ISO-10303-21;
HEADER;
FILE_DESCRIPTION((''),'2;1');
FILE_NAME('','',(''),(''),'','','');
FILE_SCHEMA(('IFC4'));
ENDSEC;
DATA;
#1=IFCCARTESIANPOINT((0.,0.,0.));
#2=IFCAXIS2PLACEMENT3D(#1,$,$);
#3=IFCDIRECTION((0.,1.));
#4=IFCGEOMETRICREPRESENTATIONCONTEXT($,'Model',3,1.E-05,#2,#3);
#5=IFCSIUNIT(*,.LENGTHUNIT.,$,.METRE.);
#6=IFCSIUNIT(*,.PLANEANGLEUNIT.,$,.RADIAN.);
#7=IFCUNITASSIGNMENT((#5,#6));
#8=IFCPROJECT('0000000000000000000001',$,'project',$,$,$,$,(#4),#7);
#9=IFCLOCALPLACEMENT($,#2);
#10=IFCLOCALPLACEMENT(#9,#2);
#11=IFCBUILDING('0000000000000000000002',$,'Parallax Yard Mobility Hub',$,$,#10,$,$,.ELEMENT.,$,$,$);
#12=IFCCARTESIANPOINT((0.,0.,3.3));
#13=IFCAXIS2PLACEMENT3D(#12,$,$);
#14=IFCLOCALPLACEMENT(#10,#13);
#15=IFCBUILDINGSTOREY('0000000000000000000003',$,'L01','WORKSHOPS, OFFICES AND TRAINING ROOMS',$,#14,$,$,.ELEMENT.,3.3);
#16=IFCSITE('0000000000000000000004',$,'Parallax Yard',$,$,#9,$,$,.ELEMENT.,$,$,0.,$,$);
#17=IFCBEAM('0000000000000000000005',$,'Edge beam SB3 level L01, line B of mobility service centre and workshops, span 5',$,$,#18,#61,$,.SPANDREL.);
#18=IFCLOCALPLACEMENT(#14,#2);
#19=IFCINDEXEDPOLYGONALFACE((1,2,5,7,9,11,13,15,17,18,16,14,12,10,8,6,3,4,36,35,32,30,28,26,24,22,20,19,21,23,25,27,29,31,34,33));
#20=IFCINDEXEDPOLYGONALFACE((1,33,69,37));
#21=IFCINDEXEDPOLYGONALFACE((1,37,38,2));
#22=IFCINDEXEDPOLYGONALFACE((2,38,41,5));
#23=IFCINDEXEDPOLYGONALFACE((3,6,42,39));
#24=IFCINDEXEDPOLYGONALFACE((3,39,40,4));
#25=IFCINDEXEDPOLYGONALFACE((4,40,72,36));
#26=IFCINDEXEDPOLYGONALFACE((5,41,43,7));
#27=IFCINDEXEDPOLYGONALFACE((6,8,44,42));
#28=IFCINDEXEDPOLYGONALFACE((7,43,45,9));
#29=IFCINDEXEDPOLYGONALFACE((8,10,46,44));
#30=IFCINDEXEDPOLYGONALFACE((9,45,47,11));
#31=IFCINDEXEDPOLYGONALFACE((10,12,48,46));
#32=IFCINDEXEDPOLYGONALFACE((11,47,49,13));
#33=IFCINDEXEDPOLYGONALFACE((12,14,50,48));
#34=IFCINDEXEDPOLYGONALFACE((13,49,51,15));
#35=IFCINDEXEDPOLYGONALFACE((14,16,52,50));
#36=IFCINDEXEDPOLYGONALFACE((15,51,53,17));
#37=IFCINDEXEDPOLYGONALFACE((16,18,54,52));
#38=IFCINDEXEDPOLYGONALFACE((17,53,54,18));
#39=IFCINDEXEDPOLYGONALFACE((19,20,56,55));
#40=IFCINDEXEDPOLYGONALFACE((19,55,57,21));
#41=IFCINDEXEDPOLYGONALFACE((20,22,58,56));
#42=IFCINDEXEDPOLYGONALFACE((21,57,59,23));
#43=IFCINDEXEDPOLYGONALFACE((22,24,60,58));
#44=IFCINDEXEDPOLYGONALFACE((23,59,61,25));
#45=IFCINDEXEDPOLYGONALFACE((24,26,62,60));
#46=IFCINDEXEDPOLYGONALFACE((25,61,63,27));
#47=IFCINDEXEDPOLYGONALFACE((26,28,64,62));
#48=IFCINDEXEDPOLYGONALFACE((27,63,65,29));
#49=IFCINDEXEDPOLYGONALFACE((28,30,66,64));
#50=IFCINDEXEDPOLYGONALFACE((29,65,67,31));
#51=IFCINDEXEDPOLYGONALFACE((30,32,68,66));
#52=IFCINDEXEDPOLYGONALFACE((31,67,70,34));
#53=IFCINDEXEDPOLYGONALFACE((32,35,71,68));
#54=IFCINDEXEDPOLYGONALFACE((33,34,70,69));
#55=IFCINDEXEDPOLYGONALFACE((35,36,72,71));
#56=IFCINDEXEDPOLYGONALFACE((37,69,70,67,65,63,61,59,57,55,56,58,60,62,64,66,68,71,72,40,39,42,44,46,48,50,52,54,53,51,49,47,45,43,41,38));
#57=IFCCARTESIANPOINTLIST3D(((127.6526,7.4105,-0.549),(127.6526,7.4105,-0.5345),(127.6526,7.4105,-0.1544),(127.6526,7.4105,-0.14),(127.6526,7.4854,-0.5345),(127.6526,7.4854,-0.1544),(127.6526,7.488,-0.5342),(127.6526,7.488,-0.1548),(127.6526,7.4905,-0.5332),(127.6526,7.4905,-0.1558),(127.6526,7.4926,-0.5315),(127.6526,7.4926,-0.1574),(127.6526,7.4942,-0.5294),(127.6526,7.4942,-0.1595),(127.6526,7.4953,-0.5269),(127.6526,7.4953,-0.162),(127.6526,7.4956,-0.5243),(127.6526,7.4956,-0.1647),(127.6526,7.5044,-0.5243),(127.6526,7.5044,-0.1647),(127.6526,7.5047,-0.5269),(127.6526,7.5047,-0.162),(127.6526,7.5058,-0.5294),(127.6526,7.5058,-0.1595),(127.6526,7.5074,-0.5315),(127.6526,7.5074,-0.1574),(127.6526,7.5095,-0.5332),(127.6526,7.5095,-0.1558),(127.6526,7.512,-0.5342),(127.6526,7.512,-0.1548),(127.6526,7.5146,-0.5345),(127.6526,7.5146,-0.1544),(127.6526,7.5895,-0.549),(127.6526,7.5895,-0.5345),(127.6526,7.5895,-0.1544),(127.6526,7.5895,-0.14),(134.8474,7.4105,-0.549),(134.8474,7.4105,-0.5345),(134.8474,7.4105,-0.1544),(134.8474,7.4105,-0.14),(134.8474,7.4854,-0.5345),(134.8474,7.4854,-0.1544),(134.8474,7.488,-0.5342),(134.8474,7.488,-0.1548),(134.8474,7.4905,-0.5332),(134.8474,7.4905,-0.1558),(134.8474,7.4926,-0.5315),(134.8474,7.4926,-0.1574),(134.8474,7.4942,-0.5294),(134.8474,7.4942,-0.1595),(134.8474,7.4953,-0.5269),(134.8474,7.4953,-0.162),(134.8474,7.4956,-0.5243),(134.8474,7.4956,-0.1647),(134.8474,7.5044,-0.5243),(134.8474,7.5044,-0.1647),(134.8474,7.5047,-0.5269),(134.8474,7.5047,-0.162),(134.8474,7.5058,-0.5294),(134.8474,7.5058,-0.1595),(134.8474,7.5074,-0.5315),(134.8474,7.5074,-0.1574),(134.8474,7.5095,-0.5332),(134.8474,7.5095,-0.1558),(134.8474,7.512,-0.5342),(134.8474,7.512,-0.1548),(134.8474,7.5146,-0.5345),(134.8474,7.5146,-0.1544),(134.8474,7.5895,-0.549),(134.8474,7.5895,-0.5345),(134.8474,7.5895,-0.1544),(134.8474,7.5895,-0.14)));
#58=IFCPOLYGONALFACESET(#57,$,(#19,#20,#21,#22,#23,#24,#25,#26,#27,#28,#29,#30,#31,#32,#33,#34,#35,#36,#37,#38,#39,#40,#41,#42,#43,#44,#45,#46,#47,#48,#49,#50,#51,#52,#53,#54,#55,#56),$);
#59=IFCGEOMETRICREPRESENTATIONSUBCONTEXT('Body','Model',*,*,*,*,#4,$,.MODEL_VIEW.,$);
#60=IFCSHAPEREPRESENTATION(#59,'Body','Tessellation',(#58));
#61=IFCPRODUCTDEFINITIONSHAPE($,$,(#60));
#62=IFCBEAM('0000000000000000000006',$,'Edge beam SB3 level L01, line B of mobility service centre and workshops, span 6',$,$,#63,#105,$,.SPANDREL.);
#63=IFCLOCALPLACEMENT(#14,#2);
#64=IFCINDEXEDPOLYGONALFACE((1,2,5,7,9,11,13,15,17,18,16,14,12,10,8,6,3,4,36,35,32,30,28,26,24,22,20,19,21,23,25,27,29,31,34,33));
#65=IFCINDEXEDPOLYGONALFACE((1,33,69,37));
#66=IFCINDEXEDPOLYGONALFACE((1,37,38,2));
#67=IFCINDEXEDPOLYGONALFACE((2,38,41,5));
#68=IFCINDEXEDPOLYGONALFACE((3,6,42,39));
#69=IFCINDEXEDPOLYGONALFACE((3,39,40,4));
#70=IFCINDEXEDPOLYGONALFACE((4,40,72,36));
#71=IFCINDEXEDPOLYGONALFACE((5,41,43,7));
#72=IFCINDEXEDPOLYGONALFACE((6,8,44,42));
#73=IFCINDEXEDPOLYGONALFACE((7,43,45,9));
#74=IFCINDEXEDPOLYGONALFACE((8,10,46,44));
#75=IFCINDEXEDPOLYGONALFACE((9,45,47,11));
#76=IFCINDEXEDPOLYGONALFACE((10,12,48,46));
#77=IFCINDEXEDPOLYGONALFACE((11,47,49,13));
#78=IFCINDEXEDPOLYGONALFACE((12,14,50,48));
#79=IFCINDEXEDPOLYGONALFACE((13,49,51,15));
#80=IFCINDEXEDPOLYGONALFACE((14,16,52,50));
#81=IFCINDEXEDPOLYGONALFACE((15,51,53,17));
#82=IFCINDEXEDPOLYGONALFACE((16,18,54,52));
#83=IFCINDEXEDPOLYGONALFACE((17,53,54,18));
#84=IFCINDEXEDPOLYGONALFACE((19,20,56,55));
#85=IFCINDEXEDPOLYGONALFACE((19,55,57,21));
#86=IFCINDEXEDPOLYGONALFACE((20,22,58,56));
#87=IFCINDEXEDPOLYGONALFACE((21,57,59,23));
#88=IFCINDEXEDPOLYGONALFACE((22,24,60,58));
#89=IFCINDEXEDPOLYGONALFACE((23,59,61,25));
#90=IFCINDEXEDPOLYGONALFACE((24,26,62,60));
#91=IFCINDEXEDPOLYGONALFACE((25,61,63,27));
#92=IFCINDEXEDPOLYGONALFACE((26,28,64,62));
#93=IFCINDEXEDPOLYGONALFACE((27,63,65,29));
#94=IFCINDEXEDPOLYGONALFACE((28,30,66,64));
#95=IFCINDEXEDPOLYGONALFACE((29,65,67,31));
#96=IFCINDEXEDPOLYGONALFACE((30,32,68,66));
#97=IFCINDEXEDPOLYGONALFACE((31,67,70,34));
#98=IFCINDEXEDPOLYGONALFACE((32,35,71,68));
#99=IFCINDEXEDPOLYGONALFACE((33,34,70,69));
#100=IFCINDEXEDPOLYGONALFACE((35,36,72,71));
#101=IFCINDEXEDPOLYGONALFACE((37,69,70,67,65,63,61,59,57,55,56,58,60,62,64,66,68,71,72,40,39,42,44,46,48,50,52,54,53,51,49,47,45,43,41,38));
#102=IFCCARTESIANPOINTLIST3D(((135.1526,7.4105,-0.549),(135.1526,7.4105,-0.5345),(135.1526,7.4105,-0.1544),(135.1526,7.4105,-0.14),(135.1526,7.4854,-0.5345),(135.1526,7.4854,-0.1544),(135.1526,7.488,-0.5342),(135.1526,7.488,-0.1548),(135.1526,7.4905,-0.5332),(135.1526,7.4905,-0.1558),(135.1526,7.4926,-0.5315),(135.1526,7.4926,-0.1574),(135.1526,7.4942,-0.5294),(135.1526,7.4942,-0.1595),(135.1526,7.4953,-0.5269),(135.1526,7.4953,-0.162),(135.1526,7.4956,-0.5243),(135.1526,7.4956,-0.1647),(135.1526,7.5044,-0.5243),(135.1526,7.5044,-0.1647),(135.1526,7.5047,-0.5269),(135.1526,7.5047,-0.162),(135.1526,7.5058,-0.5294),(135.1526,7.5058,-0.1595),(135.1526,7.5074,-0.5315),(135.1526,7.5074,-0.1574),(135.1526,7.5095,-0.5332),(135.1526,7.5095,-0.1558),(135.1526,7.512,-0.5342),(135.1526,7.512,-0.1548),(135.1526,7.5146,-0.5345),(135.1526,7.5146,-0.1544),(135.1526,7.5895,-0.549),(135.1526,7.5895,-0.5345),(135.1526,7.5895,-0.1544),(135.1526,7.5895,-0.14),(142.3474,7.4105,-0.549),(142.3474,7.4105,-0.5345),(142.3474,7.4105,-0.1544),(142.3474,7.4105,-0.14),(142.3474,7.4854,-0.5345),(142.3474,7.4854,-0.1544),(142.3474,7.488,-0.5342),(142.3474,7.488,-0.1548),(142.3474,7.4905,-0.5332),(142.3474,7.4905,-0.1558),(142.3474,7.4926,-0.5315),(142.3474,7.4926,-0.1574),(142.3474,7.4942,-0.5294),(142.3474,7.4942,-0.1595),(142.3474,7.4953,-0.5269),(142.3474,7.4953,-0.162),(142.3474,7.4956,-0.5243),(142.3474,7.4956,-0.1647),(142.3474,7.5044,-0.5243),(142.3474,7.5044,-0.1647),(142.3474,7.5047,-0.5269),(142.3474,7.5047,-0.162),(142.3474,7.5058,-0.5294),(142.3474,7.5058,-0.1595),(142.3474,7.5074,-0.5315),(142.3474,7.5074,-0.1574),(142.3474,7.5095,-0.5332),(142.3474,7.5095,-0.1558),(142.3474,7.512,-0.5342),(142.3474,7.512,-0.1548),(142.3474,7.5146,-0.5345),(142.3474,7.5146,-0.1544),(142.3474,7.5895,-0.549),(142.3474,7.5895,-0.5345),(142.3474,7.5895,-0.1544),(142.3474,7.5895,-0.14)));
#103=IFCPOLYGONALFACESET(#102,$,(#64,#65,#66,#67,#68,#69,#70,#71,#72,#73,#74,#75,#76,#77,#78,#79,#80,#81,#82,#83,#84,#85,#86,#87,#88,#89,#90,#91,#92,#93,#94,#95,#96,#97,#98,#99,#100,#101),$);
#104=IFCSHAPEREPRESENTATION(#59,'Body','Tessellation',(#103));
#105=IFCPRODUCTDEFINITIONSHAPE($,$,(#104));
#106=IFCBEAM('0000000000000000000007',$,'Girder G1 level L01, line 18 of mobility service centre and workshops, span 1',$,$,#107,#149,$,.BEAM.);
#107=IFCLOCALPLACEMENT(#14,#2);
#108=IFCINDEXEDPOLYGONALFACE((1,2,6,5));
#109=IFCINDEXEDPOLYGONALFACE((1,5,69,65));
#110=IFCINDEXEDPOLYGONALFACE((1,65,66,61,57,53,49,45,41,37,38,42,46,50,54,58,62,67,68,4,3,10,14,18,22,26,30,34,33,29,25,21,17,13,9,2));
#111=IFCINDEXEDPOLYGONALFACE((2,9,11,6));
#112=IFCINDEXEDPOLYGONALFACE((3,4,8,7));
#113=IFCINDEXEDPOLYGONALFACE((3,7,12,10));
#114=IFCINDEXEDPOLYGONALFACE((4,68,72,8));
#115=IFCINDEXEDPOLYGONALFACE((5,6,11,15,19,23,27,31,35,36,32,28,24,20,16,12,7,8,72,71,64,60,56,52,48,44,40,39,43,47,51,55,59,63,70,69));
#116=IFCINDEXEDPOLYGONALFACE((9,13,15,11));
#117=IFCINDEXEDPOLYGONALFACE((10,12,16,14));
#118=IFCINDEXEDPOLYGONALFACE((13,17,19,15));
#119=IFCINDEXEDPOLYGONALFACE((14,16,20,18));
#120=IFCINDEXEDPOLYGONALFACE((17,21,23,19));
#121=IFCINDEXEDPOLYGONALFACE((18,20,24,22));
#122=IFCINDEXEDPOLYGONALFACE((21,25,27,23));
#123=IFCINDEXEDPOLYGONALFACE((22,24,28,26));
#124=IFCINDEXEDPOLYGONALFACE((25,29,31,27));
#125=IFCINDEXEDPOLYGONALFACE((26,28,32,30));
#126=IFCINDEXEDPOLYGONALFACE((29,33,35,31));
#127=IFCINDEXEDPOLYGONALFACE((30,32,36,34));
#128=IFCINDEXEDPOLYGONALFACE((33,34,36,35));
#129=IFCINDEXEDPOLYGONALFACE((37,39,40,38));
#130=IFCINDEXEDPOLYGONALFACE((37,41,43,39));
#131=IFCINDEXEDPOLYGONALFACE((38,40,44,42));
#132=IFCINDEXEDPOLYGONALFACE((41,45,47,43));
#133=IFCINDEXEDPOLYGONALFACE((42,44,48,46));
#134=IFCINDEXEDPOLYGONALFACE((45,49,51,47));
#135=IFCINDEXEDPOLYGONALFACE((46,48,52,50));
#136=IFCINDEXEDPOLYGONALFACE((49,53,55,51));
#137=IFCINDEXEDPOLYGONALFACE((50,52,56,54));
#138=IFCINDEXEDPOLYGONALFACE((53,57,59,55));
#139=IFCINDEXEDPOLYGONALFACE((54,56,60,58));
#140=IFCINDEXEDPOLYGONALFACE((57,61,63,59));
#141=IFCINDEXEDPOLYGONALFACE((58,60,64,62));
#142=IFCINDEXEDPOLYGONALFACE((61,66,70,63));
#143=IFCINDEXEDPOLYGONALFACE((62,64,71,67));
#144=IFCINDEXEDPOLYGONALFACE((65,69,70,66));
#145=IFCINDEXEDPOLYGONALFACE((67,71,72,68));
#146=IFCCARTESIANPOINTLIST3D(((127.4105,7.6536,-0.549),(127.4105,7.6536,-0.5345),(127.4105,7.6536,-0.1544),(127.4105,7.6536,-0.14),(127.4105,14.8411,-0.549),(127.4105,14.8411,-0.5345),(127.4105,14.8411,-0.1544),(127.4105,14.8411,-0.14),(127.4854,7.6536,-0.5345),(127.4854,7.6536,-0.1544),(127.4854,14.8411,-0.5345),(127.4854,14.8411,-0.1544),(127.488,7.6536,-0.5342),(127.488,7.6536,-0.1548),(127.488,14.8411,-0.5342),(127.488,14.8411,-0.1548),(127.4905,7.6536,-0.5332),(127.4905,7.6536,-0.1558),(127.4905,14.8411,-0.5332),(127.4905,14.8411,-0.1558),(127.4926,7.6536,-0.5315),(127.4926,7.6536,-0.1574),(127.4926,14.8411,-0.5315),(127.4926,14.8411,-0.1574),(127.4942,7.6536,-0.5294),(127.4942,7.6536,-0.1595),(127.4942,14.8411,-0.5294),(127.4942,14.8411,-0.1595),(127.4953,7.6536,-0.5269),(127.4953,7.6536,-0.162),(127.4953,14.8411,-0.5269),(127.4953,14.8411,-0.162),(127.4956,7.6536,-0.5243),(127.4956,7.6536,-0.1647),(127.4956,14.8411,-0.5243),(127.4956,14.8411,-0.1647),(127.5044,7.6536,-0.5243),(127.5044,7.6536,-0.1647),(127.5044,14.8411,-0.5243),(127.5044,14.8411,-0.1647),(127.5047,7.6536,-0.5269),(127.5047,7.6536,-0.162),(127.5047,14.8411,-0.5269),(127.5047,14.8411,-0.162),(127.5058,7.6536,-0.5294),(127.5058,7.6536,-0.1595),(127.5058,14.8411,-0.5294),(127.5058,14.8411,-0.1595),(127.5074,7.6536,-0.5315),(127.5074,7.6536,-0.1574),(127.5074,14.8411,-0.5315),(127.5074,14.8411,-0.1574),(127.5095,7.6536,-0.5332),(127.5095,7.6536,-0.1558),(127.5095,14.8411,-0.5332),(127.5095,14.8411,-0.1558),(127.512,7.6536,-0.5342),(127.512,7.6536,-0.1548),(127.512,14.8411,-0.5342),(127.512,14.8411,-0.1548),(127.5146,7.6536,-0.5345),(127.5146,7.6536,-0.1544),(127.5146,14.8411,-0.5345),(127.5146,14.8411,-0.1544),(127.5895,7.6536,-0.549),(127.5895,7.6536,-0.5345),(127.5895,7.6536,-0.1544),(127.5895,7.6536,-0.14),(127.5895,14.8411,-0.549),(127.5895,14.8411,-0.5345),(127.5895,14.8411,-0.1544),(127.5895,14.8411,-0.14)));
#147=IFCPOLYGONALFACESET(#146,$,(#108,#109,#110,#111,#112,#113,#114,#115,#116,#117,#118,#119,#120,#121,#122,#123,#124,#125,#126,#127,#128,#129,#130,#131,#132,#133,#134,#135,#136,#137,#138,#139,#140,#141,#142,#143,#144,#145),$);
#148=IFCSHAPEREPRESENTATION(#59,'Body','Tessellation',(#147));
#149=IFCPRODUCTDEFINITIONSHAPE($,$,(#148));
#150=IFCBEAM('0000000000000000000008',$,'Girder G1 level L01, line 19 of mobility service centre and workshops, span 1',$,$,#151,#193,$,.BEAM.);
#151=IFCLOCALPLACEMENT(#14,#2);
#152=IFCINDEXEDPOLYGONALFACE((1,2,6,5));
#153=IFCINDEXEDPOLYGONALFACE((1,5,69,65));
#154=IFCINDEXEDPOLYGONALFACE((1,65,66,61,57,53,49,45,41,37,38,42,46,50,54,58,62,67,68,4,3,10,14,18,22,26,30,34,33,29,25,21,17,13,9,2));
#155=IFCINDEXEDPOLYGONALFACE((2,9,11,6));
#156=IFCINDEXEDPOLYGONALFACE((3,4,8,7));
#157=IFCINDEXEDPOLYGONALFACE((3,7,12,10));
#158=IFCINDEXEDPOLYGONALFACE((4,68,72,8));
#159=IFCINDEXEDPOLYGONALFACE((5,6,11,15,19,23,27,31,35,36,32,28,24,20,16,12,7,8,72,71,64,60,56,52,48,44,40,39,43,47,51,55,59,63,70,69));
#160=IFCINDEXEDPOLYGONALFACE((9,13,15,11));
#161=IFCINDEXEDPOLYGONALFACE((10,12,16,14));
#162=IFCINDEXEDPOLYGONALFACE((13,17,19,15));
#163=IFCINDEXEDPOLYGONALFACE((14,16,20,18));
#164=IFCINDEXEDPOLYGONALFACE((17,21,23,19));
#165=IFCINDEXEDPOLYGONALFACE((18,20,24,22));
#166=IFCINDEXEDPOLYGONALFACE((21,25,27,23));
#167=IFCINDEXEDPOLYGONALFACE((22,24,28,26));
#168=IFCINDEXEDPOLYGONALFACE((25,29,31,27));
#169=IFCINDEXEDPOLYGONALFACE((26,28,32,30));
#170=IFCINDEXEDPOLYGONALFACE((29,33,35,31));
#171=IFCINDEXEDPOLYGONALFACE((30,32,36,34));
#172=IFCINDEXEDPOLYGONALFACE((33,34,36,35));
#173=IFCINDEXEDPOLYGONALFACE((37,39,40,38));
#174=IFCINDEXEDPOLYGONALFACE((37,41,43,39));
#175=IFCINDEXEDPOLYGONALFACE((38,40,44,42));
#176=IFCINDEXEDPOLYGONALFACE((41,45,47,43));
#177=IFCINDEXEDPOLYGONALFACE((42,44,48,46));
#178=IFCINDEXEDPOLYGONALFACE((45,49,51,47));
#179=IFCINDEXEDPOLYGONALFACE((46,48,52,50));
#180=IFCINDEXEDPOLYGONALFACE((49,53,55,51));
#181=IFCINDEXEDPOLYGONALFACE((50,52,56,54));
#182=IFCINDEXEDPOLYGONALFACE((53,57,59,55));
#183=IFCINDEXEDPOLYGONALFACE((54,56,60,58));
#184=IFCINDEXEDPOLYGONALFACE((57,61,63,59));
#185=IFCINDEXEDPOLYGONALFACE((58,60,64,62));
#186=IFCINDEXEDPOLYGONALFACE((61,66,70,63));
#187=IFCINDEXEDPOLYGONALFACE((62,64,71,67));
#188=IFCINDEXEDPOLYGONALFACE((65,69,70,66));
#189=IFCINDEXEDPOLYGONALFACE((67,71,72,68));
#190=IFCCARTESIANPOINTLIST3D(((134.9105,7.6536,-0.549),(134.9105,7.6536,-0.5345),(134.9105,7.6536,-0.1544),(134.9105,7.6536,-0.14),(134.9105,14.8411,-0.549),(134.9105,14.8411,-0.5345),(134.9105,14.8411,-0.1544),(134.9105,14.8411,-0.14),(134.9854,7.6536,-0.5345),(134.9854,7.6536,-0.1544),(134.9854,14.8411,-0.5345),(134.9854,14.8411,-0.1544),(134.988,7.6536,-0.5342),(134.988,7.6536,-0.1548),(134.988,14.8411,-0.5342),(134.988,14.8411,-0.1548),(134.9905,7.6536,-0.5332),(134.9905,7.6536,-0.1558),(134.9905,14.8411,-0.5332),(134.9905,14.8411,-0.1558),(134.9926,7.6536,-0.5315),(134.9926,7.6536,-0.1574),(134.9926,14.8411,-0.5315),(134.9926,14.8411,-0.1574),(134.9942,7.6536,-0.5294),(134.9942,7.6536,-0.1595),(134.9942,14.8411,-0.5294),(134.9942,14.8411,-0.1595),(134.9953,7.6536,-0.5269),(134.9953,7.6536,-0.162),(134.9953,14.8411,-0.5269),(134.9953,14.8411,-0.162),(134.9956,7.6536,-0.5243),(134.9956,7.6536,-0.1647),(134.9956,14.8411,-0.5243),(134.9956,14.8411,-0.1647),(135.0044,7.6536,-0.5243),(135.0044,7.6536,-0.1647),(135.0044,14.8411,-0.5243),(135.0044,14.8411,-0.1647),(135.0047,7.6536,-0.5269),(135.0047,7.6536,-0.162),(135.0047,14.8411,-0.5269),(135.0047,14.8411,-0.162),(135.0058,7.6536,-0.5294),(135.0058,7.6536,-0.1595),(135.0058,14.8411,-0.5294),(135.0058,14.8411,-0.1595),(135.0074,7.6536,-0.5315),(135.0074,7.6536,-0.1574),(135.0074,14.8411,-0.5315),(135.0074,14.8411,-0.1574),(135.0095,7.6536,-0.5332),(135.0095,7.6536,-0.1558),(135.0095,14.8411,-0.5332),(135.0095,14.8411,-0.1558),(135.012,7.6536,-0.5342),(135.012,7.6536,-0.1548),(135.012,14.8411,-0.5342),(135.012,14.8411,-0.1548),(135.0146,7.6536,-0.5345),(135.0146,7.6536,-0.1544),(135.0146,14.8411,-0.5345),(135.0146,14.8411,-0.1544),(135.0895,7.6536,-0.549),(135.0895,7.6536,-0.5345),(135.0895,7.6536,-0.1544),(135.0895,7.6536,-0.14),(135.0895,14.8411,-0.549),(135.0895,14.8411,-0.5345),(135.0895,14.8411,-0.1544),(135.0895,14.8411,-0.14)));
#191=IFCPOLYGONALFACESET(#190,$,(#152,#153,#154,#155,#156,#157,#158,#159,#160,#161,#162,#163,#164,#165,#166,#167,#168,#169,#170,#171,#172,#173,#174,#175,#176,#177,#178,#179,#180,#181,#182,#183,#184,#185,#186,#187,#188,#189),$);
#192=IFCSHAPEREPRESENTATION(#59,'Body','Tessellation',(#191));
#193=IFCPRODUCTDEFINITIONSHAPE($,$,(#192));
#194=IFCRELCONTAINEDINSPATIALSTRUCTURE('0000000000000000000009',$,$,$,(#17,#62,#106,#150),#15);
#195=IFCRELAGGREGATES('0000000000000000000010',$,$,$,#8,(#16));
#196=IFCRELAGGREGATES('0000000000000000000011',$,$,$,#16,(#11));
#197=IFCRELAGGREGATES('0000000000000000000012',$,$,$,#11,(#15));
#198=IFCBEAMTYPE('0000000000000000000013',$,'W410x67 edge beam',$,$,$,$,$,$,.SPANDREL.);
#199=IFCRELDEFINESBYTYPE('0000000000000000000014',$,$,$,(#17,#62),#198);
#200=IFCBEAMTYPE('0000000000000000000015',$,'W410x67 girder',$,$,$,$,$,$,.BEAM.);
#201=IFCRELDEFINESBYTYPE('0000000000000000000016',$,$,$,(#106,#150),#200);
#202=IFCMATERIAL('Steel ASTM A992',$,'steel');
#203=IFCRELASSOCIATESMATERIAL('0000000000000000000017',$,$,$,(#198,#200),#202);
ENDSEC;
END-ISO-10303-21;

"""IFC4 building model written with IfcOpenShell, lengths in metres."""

from ifc_helpers import new_model, si_unit, direction, frame, origin, origin_2d, place, context, subcontext, project, spatial, i_section, extrude, material, material_profile, profile_set, type_object, element, save


model = new_model("IFC4")

# Units and contexts
model_context = context("Model", 3, precision=1e-05, world=origin(), true_north=direction((0.0, 1.0)))
body_context = subcontext(model_context, "Body", "Model", "MODEL_VIEW")
ifc_project = project(units=[si_unit("LENGTHUNIT", "METRE"), si_unit("PLANEANGLEUNIT", "RADIAN")], contexts=[model_context])

# Site, building, storey
site_placement = place(None, origin())
site = spatial("IfcSite", under=ifc_project, at=site_placement, Name="Parallax Yard", CompositionType="ELEMENT", RefElevation=0.0)
building_placement = place(site_placement, origin())
building = spatial("IfcBuilding", under=site, at=building_placement, Name="Parallax Yard Mobility Hub", CompositionType="ELEMENT")
storey_placement = place(building_placement, frame((0.0, 0.0, 3.3)))
storey = spatial("IfcBuildingStorey", under=building, at=storey_placement, Name="L01", Description="WORKSHOPS, OFFICES AND TRAINING ROOMS", CompositionType="ELEMENT", Elevation=3.3)

# Shared definitions
ifc_material_1 = material(Name="Steel ASTM A992", Category="steel")

# Beams
ifc_material_profile_1 = material_profile(ifc_material_1, i_section(OverallWidth=0.179, OverallDepth=0.4089, WebThickness=0.0088, FlangeThickness=0.0144, FilletRadius=0.0103, at=origin_2d()), Name="W410x67")
ifc_profile_set_1 = profile_set([ifc_material_profile_1], Name="Steel ASTM A992")
beam_type_1 = type_object("IfcBeamType", Name="W410x67 edge beam", PredefinedType="SPANDREL", material=ifc_profile_set_1)
for number, where, z_axis, x_axis, name in (
    (1, (127.6526, 7.5, -0.3445), (1.0, 0.0, 0.0), (0.0, 1.0, 0.0), "Edge beam SB3 level L01, line B of mobility service centre and workshops, span 5"),
    (2, (135.1526, 7.5, -0.3445), (1.0, 0.0, 0.0), (0.0, 1.0, 0.0), "Edge beam SB3 level L01, line B of mobility service centre and workshops, span 6"),
):
    element("IfcBeam", number, at=place(storey_placement, frame(where, z_axis=z_axis, x_axis=x_axis)), inside=storey, type_object=beam_type_1, Name=name, PredefinedType="SPANDREL", context=body_context, shape_type="SweptSolid", body=[
        extrude(i_section(OverallWidth=0.179, OverallDepth=0.4089, WebThickness=0.0088, FlangeThickness=0.0144, FilletRadius=0.0103, at=origin_2d()), origin(), (0.0, 0.0, 1.0), 7.1948),
    ])
ifc_material_profile_2 = material_profile(ifc_material_1, i_section(OverallWidth=0.179, OverallDepth=0.4089, WebThickness=0.0088, FlangeThickness=0.0144, FilletRadius=0.0103, at=origin_2d()), Name="W410x67")
ifc_profile_set_2 = profile_set([ifc_material_profile_2], Name="Steel ASTM A992")
beam_type_2 = type_object("IfcBeamType", Name="W410x67 girder", PredefinedType="BEAM", material=ifc_profile_set_2)
for number, where, z_axis, x_axis, name in (
    (3, (127.5, 7.6536, -0.3445), (0.0, 1.0, 0.0), (-1.0, 0.0, 0.0), "Girder G1 level L01, line 18 of mobility service centre and workshops, span 1"),
    (4, (135.0, 7.6536, -0.3445), (0.0, 1.0, 0.0), (-1.0, 0.0, 0.0), "Girder G1 level L01, line 19 of mobility service centre and workshops, span 1"),
):
    element("IfcBeam", number, at=place(storey_placement, frame(where, z_axis=z_axis, x_axis=x_axis)), inside=storey, type_object=beam_type_2, Name=name, PredefinedType="BEAM", context=body_context, shape_type="SweptSolid", body=[
        extrude(i_section(OverallWidth=0.179, OverallDepth=0.4089, WebThickness=0.0088, FlangeThickness=0.0144, FilletRadius=0.0103, at=origin_2d()), origin(), (0.0, 0.0, 1.0), 7.1875),
    ])

save(model, "model.ifc")
